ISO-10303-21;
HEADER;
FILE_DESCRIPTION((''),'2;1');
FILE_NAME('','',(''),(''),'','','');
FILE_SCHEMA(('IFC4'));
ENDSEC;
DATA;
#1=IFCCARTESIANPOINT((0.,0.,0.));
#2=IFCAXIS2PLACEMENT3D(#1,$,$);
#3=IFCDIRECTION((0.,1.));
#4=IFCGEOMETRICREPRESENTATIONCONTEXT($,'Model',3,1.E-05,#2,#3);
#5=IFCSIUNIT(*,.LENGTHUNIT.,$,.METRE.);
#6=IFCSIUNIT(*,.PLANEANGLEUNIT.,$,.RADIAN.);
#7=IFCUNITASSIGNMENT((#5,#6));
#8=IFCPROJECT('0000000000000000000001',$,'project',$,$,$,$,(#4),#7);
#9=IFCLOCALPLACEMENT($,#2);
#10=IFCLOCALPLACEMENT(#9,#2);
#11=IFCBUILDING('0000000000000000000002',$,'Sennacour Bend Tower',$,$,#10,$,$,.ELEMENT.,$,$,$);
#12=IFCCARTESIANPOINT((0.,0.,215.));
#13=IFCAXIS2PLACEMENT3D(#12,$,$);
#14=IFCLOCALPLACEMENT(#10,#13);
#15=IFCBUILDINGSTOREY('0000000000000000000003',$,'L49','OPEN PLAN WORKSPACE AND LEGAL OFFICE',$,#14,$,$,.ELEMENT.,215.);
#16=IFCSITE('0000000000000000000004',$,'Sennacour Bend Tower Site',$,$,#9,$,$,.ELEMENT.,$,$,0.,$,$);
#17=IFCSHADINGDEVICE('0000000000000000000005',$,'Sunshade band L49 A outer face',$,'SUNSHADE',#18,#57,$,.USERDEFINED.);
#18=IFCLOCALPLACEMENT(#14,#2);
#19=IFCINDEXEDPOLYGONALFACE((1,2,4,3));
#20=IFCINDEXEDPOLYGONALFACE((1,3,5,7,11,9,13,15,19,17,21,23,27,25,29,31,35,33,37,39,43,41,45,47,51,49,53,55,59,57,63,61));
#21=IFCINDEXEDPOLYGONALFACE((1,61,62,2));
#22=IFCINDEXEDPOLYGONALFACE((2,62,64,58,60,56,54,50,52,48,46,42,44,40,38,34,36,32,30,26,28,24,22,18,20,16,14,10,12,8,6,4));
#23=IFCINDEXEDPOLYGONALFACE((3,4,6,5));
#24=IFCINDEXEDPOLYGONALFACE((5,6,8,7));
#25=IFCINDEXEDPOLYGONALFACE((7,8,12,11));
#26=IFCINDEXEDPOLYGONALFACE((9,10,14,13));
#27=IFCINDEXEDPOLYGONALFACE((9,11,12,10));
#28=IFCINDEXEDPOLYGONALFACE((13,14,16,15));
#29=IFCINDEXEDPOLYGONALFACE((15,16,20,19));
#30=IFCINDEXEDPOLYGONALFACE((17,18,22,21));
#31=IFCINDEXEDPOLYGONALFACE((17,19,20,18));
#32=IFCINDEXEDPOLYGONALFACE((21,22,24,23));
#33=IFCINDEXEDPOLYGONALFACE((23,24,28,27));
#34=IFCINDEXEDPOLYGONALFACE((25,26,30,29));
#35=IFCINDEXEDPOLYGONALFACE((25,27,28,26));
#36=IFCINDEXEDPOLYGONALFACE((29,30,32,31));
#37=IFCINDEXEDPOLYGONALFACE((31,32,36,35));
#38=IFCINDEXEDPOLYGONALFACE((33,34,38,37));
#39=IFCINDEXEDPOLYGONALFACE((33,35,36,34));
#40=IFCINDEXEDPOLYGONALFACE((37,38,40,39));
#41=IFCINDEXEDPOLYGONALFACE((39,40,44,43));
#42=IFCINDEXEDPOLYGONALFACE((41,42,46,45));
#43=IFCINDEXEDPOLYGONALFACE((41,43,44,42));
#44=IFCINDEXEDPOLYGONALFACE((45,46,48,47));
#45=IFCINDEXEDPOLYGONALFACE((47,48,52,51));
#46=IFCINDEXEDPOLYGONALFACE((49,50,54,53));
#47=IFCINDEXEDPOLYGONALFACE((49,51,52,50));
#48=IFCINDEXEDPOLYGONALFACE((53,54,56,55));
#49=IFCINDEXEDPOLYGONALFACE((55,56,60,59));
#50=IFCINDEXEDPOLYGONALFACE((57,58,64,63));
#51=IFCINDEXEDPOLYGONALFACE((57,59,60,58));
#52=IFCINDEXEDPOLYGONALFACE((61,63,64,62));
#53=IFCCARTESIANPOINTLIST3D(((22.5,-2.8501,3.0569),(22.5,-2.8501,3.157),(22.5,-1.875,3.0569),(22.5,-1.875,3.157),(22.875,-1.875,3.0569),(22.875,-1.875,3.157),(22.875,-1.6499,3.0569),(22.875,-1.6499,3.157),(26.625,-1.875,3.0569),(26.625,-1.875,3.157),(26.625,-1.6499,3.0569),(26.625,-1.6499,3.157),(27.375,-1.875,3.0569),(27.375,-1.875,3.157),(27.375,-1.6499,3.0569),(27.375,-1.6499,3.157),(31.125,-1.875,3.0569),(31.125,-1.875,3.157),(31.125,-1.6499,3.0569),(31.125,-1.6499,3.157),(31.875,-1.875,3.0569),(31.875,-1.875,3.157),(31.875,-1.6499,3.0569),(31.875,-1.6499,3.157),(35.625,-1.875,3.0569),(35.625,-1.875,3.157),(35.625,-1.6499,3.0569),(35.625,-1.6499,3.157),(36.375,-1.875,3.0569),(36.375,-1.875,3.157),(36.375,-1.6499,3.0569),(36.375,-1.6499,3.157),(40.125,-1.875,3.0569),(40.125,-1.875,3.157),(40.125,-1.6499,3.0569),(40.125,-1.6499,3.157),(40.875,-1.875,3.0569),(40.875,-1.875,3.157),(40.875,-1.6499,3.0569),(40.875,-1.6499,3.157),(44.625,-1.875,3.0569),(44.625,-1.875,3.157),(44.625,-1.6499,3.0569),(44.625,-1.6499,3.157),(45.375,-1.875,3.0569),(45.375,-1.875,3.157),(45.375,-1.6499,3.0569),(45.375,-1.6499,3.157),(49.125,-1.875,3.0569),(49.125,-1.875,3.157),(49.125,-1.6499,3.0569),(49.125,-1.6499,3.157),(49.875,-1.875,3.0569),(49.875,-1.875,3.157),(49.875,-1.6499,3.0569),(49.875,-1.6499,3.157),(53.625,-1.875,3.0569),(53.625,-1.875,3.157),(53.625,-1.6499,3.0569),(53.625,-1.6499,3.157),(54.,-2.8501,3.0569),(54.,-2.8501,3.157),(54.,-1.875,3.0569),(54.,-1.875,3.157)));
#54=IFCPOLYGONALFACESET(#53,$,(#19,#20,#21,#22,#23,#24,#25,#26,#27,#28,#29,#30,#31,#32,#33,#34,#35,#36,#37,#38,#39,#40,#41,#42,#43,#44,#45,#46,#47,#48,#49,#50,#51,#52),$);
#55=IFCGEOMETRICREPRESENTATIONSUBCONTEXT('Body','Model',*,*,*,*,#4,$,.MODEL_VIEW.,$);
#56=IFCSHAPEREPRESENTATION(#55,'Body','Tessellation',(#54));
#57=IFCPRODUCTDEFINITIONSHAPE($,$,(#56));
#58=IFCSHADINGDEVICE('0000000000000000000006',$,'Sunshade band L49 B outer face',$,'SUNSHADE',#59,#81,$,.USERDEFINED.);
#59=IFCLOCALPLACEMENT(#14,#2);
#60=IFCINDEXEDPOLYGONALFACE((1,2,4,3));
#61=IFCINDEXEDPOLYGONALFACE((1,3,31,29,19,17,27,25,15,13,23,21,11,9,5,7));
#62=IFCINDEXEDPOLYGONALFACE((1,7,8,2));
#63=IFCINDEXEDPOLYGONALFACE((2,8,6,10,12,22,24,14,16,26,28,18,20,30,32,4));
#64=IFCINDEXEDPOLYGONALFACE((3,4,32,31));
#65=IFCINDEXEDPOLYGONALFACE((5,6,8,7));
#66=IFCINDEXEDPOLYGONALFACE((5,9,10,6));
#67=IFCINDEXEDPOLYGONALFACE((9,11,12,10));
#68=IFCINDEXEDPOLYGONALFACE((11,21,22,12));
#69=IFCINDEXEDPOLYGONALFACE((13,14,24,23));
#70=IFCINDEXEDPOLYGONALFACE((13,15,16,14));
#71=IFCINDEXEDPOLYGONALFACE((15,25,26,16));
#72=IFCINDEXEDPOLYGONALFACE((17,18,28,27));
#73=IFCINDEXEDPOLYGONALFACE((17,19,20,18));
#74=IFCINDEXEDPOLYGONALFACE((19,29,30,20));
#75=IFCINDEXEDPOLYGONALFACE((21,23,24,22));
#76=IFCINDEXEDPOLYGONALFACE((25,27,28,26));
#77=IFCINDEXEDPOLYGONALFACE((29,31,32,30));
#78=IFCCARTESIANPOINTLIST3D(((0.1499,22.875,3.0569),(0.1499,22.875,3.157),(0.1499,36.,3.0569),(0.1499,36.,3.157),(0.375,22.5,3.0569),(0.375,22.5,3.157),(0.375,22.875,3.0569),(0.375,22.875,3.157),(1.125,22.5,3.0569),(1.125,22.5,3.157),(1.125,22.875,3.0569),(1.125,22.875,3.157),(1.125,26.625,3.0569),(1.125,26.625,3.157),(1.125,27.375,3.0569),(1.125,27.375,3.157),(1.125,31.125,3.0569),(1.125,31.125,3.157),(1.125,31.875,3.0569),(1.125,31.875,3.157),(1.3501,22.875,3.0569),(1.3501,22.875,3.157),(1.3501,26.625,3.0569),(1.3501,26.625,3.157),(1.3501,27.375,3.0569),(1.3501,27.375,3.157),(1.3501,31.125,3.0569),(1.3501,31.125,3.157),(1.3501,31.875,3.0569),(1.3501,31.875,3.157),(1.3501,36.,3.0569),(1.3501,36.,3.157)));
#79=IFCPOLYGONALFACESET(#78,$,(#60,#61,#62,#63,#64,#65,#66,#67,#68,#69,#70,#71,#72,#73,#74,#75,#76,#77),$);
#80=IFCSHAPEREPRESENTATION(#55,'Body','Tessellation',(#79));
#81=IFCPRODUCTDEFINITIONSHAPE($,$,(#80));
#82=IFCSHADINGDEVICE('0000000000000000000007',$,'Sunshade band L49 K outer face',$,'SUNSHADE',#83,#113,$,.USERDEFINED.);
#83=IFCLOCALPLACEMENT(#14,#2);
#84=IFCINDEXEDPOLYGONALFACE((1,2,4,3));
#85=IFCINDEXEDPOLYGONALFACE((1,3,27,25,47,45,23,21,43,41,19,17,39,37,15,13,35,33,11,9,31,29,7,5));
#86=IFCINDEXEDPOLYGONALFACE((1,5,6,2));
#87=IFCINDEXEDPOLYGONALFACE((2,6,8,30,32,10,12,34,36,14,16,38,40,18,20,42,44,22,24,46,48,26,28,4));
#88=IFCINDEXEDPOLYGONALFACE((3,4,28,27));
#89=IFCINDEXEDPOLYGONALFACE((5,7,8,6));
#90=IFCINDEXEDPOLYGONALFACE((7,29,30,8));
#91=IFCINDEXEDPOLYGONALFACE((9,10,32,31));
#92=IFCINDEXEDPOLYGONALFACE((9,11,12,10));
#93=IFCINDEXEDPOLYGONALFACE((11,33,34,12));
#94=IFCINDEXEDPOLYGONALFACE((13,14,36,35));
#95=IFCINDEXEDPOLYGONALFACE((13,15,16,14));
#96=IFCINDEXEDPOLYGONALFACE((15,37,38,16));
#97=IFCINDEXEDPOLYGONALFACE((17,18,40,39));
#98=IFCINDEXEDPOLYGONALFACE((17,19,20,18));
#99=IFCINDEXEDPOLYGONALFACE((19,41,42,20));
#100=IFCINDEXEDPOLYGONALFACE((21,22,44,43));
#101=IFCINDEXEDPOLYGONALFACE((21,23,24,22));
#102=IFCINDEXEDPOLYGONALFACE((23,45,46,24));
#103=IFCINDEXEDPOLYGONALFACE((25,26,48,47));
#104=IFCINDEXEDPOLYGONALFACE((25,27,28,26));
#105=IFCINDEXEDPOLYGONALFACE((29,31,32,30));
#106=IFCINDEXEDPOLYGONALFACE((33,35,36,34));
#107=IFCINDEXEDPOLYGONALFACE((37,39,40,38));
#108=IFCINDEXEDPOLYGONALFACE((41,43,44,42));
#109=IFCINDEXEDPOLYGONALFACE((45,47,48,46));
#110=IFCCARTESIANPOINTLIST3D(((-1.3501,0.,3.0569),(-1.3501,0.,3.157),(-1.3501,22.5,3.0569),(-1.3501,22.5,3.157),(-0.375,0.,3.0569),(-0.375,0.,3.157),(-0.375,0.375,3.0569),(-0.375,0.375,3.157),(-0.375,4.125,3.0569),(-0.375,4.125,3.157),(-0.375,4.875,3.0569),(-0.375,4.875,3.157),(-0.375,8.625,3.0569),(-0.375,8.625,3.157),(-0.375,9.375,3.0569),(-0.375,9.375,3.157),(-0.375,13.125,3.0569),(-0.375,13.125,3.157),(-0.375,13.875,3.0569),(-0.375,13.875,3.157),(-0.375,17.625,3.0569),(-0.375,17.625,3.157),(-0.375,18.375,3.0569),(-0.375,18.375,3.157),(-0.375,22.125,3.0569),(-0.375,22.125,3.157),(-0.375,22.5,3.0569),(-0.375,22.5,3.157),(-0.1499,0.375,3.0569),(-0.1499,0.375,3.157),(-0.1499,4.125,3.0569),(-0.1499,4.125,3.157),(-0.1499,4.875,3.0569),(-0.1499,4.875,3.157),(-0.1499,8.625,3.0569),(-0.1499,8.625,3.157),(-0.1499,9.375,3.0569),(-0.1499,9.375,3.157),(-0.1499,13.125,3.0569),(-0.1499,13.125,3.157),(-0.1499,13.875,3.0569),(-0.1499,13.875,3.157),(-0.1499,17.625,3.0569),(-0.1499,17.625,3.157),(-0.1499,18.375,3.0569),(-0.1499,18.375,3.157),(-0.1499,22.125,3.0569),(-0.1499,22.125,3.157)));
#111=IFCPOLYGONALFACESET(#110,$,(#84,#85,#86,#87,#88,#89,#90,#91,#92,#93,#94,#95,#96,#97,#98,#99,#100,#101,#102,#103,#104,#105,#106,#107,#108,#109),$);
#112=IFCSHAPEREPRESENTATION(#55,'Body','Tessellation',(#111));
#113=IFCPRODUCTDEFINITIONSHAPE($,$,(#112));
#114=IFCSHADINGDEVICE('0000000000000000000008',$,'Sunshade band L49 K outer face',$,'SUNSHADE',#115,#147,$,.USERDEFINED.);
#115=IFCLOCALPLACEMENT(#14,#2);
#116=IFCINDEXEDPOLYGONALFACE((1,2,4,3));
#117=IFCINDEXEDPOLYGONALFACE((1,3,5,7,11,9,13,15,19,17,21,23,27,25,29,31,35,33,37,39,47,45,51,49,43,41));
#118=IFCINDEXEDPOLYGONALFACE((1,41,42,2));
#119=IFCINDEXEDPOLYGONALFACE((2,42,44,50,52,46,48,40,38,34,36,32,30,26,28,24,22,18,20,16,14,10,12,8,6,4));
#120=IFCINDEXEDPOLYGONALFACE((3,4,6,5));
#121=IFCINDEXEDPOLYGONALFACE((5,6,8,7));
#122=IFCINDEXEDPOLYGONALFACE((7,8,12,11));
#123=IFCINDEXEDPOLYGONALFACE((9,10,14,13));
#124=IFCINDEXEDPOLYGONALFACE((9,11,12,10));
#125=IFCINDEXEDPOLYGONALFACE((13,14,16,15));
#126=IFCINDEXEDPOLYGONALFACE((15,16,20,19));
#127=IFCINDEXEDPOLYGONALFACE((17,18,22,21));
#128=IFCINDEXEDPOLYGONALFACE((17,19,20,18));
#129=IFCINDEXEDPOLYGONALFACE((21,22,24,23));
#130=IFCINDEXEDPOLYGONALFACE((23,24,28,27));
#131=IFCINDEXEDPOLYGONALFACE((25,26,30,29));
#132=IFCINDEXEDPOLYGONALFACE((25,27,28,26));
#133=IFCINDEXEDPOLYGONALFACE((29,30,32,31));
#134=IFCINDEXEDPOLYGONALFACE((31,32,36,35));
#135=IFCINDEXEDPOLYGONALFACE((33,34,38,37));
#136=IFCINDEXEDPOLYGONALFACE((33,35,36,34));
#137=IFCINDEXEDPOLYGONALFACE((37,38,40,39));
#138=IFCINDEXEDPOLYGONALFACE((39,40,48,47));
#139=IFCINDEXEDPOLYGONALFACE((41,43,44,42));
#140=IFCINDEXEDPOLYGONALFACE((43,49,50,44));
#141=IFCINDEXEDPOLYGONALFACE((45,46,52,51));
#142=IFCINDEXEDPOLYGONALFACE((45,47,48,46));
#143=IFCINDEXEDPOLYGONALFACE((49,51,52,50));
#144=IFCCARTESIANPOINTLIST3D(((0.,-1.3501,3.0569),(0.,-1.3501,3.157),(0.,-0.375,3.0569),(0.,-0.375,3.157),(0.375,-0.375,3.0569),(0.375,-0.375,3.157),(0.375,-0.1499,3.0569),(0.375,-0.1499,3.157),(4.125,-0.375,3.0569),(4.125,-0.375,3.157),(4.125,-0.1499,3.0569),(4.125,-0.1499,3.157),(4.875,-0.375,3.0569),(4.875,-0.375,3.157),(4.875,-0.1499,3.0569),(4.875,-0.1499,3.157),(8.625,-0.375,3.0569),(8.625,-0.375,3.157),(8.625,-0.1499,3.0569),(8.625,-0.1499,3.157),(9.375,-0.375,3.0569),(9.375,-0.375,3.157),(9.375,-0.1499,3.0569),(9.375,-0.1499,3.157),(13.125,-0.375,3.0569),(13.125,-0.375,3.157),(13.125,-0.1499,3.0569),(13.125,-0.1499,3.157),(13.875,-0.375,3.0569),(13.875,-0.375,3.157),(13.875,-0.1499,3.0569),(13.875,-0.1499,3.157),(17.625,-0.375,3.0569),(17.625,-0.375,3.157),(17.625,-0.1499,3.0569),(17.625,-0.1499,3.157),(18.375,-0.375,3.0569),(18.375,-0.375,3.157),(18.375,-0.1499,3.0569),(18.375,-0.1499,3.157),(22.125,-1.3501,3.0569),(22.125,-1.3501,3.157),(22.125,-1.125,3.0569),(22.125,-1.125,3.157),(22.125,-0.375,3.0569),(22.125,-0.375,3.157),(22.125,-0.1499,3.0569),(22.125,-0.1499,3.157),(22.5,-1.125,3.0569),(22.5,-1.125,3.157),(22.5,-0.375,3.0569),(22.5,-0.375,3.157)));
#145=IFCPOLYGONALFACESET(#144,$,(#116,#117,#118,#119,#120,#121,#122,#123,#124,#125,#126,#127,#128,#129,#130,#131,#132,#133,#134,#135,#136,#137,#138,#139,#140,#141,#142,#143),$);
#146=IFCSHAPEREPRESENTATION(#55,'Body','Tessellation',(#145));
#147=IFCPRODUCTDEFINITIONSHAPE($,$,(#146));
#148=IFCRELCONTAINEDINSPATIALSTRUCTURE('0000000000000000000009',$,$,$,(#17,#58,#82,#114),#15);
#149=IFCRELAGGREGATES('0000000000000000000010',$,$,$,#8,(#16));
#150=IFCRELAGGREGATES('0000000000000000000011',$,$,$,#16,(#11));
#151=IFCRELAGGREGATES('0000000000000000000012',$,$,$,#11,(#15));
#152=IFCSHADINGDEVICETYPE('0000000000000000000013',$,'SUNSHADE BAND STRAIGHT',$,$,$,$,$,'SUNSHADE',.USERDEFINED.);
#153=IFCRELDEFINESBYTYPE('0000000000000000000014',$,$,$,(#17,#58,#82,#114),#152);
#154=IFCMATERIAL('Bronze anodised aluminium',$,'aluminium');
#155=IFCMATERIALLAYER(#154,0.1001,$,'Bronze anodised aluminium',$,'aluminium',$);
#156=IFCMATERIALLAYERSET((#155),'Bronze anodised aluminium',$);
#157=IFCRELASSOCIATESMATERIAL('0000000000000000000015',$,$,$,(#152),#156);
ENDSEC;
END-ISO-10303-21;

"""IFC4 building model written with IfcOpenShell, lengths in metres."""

from ifc_helpers import new_model, si_unit, direction, frame, origin, place, context, subcontext, project, spatial, polyline, outline, extrude, material, layer, layer_set, type_object, element, save


model = new_model("IFC4")

# Units and contexts
model_context = context("Model", 3, precision=1e-05, world=origin(), true_north=direction((0.0, 1.0)))
body_context = subcontext(model_context, "Body", "Model", "MODEL_VIEW")
ifc_project = project(units=[si_unit("LENGTHUNIT", "METRE"), si_unit("PLANEANGLEUNIT", "RADIAN")], contexts=[model_context])

# Site, building, storey
site_placement = place(None, origin())
site = spatial("IfcSite", under=ifc_project, at=site_placement, Name="Sennacour Bend Tower Site", CompositionType="ELEMENT", RefElevation=0.0)
building_placement = place(site_placement, origin())
building = spatial("IfcBuilding", under=site, at=building_placement, Name="Sennacour Bend Tower", CompositionType="ELEMENT")
storey_placement = place(building_placement, frame((0.0, 0.0, 215.0)))
storey = spatial("IfcBuildingStorey", under=building, at=storey_placement, Name="L49", Description="OPEN PLAN WORKSPACE AND LEGAL OFFICE", CompositionType="ELEMENT", Elevation=215.0)

# Shading devices
ifc_material_1 = material(Name="Bronze anodised aluminium", Category="aluminium")
ifc_layer_1 = layer(ifc_material_1, 0.1001, Name="Bronze anodised aluminium", Category="aluminium")
ifc_layer_set_1 = layer_set([ifc_layer_1], Name="Bronze anodised aluminium")
shading_device_type_1 = type_object("IfcShadingDeviceType", Name="SUNSHADE BAND STRAIGHT", ElementType="SUNSHADE", PredefinedType="USERDEFINED", material=ifc_layer_set_1)
shading_device_1_placement = place(storey_placement, frame((0.0, 0.0, 3.0569)))
element("IfcShadingDevice", 1, at=shading_device_1_placement, inside=storey, type_object=shading_device_type_1, Name="Sunshade band L49 A outer face", ObjectType="SUNSHADE", PredefinedType="USERDEFINED", context=body_context, shape_type="SweptSolid", body=[
    extrude(outline(polyline([(26.625, -1.6499), (26.625, -1.875), (27.375, -1.875), (27.375, -1.6499), (31.125, -1.6499), (31.125, -1.875), (31.875, -1.875), (31.875, -1.6499), (35.625, -1.6499), (35.625, -1.875), (36.375, -1.875), (36.375, -1.6499), (40.125, -1.6499), (40.125, -1.875), (40.875, -1.875), (40.875, -1.6499), (44.625, -1.6499), (44.625, -1.875), (45.375, -1.875), (45.375, -1.6499), (49.125, -1.6499), (49.125, -1.875), (49.875, -1.875), (49.875, -1.6499), (53.625, -1.6499), (53.625, -1.875), (54.0, -1.875), (54.0, -2.8501), (22.5, -2.8501), (22.5, -1.875), (22.875, -1.875), (22.875, -1.6499), (26.625, -1.6499)])), origin(), (0.0, 0.0, 1.0), 0.1001),
])
shading_device_2_placement = place(storey_placement, frame((0.0, 0.0, 3.0569)))
element("IfcShadingDevice", 2, at=shading_device_2_placement, inside=storey, type_object=shading_device_type_1, Name="Sunshade band L49 B outer face", ObjectType="SUNSHADE", PredefinedType="USERDEFINED", context=body_context, shape_type="SweptSolid", body=[
    extrude(outline(polyline([(1.3501, 31.875), (1.125, 31.875), (1.125, 31.125), (1.3501, 31.125), (1.3501, 27.375), (1.125, 27.375), (1.125, 26.625), (1.3501, 26.625), (1.3501, 22.875), (1.125, 22.875), (1.125, 22.5), (0.375, 22.5), (0.375, 22.875), (0.1499, 22.875), (0.1499, 36.0), (1.3501, 36.0), (1.3501, 31.875)])), origin(), (0.0, 0.0, 1.0), 0.1001),
])
shading_device_3_placement = place(storey_placement, frame((0.0, 0.0, 3.0569)))
element("IfcShadingDevice", 3, at=shading_device_3_placement, inside=storey, type_object=shading_device_type_1, Name="Sunshade band L49 K outer face", ObjectType="SUNSHADE", PredefinedType="USERDEFINED", context=body_context, shape_type="SweptSolid", body=[
    extrude(outline(polyline([(-0.1499, 18.375), (-0.375, 18.375), (-0.375, 17.625), (-0.1499, 17.625), (-0.1499, 13.875), (-0.375, 13.875), (-0.375, 13.125), (-0.1499, 13.125), (-0.1499, 9.375), (-0.375, 9.375), (-0.375, 8.625), (-0.1499, 8.625), (-0.1499, 4.875), (-0.375, 4.875), (-0.375, 4.125), (-0.1499, 4.125), (-0.1499, 0.375), (-0.375, 0.375), (-0.375, 0.0), (-1.3501, 0.0), (-1.3501, 22.5), (-0.375, 22.5), (-0.375, 22.125), (-0.1499, 22.125), (-0.1499, 18.375)])), origin(), (0.0, 0.0, 1.0), 0.1001),
])
shading_device_4_placement = place(storey_placement, frame((0.0, 0.0, 3.0569)))
element("IfcShadingDevice", 4, at=shading_device_4_placement, inside=storey, type_object=shading_device_type_1, Name="Sunshade band L49 K outer face", ObjectType="SUNSHADE", PredefinedType="USERDEFINED", context=body_context, shape_type="SweptSolid", body=[
    extrude(outline(polyline([(4.125, -0.1499), (4.125, -0.375), (4.875, -0.375), (4.875, -0.1499), (8.625, -0.1499), (8.625, -0.375), (9.375, -0.375), (9.375, -0.1499), (13.125, -0.1499), (13.125, -0.375), (13.875, -0.375), (13.875, -0.1499), (17.625, -0.1499), (17.625, -0.375), (18.375, -0.375), (18.375, -0.1499), (22.125, -0.1499), (22.125, -0.375), (22.5, -0.375), (22.5, -1.125), (22.125, -1.125), (22.125, -1.3501), (0.0, -1.3501), (0.0, -0.375), (0.375, -0.375), (0.375, -0.1499), (4.125, -0.1499)])), origin(), (0.0, 0.0, 1.0), 0.1001),
])

save(model, "model.ifc")
